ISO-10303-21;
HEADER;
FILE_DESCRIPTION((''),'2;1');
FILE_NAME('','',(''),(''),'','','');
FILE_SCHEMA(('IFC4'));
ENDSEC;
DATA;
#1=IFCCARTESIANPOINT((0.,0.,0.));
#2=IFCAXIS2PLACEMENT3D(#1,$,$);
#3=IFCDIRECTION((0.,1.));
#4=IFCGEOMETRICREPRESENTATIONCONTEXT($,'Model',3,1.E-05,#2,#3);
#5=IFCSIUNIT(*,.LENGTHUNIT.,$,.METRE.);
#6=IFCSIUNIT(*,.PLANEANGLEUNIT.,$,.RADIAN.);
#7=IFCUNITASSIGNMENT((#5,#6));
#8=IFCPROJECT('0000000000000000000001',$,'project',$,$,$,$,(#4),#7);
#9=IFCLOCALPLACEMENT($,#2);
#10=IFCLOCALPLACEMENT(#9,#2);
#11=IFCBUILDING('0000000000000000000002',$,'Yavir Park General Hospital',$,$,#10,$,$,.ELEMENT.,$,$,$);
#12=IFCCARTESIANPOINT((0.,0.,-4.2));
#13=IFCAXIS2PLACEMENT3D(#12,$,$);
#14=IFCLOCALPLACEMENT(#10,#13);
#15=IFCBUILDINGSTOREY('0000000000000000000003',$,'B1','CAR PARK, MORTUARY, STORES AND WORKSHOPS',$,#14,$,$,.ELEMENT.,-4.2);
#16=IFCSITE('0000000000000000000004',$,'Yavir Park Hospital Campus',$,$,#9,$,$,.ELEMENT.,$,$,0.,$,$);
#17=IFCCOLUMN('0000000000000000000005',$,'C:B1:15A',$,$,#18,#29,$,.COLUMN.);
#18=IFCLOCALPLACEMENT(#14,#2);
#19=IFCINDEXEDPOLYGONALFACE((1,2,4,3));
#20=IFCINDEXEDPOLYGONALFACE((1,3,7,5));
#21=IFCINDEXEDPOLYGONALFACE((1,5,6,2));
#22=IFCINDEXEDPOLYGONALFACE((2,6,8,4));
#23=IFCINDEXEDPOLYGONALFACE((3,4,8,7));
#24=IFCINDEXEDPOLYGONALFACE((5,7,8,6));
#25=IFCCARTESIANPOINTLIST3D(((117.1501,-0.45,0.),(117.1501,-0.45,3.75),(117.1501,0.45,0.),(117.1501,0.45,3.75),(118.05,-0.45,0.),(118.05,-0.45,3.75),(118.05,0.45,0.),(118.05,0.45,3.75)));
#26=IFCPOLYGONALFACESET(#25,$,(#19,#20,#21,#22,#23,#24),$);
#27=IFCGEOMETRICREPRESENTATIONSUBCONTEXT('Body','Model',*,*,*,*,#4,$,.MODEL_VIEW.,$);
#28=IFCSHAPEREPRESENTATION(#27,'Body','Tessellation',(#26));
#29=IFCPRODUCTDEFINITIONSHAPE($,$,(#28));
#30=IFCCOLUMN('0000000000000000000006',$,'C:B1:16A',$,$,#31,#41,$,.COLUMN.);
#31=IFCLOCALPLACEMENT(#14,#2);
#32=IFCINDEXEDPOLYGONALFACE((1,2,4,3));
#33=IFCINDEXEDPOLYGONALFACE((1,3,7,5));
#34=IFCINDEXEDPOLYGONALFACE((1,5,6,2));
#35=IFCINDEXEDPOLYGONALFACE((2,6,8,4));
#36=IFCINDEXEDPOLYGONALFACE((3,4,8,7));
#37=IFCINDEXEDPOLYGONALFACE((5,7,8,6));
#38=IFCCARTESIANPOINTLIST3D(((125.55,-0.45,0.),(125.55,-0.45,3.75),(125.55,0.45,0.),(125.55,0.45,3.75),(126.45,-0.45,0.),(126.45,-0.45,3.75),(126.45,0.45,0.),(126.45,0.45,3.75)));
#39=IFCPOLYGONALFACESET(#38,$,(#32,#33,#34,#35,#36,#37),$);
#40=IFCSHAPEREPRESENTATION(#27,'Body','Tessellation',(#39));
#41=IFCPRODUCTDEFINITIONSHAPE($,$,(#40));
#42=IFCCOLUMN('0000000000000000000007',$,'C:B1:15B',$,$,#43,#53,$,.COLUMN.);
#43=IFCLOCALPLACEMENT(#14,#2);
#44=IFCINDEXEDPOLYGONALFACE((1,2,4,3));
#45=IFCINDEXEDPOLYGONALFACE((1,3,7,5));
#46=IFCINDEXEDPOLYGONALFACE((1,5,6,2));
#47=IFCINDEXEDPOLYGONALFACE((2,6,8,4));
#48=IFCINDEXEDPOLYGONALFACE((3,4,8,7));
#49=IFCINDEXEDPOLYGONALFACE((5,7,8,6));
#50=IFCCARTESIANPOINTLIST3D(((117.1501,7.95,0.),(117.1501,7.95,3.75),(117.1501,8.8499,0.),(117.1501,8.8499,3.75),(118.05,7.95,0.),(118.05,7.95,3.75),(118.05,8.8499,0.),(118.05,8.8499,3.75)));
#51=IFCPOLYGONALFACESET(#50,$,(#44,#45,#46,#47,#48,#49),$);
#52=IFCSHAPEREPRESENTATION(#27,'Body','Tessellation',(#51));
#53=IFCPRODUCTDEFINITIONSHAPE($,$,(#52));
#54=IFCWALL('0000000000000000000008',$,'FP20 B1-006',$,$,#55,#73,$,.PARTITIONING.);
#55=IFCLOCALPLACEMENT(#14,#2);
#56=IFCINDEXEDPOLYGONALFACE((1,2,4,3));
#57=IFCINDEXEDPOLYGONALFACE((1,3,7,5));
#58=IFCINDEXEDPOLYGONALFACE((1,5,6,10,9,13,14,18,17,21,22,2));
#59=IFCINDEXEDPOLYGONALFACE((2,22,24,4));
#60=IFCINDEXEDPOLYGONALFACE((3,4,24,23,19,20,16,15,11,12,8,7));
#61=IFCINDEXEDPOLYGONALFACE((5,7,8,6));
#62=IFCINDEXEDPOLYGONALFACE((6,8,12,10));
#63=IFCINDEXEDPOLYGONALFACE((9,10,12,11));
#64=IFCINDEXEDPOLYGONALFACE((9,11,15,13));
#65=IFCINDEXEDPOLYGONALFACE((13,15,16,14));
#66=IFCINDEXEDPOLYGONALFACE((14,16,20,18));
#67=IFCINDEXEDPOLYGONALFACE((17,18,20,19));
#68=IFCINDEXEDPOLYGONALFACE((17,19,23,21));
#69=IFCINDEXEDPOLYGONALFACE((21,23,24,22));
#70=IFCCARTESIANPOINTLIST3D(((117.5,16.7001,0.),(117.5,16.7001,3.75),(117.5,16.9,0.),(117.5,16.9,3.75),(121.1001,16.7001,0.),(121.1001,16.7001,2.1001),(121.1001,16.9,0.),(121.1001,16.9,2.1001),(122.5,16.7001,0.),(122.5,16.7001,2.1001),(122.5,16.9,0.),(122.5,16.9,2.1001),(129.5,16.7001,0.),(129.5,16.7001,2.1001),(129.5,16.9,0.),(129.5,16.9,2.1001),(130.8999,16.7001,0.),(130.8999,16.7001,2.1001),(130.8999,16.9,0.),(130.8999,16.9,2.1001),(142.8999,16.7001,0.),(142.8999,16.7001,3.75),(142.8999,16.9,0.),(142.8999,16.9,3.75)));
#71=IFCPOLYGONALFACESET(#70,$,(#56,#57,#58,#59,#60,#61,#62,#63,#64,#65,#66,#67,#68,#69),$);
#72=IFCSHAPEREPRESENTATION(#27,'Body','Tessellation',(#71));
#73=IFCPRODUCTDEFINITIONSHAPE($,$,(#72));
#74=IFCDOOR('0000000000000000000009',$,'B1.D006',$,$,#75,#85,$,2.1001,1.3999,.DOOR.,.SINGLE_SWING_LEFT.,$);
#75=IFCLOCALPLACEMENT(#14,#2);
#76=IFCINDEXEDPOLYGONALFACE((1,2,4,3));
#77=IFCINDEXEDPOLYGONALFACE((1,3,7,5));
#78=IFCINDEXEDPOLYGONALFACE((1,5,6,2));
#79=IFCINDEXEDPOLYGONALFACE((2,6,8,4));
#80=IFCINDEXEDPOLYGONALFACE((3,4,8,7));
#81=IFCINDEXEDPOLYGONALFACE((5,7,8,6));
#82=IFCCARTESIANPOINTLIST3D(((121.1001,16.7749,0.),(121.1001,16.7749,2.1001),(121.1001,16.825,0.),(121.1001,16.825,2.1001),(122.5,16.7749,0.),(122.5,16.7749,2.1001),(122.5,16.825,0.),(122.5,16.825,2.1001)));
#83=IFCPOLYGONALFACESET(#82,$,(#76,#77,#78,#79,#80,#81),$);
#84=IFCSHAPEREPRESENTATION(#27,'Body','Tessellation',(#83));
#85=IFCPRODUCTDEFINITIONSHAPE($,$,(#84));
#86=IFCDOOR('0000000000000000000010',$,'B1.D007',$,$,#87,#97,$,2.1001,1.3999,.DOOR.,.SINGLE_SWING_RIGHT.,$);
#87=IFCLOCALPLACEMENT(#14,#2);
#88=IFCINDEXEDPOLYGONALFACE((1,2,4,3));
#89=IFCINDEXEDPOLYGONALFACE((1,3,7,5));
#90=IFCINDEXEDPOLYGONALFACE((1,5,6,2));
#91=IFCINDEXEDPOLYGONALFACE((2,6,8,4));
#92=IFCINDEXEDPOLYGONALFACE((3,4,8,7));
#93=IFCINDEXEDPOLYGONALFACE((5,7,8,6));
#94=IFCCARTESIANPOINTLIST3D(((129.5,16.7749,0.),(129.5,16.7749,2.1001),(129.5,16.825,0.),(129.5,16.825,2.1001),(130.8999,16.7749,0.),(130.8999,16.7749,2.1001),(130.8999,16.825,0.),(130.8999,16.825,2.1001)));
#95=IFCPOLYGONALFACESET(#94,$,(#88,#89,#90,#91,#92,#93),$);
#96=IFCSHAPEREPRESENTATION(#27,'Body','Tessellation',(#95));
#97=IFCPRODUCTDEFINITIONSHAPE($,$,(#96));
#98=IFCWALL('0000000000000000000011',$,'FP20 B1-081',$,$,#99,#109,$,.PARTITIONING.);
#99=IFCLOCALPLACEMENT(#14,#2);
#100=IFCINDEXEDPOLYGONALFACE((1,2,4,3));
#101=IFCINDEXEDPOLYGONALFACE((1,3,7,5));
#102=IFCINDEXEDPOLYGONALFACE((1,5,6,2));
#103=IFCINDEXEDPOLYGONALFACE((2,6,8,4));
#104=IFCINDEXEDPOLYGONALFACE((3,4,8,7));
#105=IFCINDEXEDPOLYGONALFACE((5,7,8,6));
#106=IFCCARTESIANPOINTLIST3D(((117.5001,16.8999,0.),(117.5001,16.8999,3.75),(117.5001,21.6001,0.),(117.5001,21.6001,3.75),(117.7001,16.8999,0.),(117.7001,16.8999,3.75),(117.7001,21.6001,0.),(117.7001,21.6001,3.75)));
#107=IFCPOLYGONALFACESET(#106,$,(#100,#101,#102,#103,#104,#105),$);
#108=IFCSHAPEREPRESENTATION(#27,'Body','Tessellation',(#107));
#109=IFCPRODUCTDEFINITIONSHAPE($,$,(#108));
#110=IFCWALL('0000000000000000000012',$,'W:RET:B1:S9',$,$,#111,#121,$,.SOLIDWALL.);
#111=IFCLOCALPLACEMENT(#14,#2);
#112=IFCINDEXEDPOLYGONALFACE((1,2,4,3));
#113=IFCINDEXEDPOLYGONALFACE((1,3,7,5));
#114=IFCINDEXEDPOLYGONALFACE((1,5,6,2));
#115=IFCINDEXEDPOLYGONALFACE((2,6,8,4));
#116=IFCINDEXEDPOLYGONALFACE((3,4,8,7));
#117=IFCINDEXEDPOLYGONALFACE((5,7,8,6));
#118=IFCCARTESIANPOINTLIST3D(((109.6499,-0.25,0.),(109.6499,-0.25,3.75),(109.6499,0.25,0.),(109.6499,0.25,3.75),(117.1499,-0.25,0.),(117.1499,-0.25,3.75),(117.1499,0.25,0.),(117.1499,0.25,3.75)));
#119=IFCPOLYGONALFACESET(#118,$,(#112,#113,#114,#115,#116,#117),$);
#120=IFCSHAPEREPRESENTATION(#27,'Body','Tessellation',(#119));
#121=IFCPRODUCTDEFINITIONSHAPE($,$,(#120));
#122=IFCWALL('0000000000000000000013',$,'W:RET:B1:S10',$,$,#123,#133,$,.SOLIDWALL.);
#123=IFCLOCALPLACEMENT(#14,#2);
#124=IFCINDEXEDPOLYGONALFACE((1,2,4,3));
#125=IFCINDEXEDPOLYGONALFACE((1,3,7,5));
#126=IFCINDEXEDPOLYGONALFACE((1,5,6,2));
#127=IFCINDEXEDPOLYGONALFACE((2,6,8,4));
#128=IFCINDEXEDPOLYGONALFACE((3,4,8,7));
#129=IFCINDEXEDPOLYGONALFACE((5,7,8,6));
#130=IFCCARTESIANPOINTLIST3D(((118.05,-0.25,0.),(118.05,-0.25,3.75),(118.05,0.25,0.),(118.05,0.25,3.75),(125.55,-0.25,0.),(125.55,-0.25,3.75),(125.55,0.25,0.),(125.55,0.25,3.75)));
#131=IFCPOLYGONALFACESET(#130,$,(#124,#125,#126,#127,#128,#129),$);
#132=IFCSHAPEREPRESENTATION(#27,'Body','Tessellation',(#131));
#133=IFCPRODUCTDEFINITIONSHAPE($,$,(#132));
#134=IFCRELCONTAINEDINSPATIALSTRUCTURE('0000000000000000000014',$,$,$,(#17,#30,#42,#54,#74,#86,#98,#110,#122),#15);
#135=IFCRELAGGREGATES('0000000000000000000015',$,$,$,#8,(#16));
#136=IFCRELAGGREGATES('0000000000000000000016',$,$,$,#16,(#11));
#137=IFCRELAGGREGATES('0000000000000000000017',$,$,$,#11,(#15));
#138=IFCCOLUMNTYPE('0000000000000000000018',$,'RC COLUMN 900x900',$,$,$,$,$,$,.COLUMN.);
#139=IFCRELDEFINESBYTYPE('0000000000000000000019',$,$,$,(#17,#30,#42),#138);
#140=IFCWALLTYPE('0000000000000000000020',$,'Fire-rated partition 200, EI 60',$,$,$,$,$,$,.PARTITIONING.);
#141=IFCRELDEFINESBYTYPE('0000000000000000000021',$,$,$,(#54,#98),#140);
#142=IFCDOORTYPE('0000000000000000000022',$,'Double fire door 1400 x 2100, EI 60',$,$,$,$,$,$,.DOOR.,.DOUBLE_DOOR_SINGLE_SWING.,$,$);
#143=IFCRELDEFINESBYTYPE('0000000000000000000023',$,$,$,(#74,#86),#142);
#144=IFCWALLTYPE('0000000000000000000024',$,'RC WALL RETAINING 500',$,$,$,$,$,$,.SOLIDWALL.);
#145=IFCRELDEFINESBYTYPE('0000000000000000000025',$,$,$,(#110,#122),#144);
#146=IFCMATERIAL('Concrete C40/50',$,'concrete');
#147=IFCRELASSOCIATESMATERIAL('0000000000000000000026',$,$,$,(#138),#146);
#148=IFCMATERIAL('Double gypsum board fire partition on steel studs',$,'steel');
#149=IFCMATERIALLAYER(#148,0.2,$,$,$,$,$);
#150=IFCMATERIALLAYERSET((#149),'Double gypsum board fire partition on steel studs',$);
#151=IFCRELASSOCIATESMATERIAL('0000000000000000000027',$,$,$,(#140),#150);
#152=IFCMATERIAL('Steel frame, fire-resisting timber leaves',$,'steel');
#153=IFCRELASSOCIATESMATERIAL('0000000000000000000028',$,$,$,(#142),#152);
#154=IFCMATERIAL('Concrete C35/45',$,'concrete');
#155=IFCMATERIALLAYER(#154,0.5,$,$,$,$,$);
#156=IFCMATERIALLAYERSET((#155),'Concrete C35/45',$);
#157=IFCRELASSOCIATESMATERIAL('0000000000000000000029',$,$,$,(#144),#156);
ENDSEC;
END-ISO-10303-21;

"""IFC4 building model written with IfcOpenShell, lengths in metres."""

from ifc_helpers import new_model, si_unit, direction, frame, frame_2d, origin, origin_2d, place, context, subcontext, project, spatial, rectangle, extrude, material, layer, layer_set, material_profile, profile_set, type_object, element, fill, save


model = new_model("IFC4")

# Units and contexts
model_context = context("Model", 3, precision=1e-05, world=origin(), true_north=direction((0.0, 1.0)))
body_context = subcontext(model_context, "Body", "Model", "MODEL_VIEW")
ifc_project = project(units=[si_unit("LENGTHUNIT", "METRE"), si_unit("PLANEANGLEUNIT", "RADIAN")], contexts=[model_context])

# Site, building, storey
site_placement = place(None, origin())
site = spatial("IfcSite", under=ifc_project, at=site_placement, Name="Yavir Park Hospital Campus", CompositionType="ELEMENT", RefElevation=0.0)
building_placement = place(site_placement, origin())
building = spatial("IfcBuilding", under=site, at=building_placement, Name="Yavir Park General Hospital", CompositionType="ELEMENT")
storey_placement = place(building_placement, frame((0.0, 0.0, -4.2)))
storey = spatial("IfcBuildingStorey", under=building, at=storey_placement, Name="B1", Description="CAR PARK, MORTUARY, STORES AND WORKSHOPS", CompositionType="ELEMENT", Elevation=-4.2)

# Columns
ifc_material_1 = material(Name="Concrete C40/50", Category="concrete")
ifc_material_profile = material_profile(ifc_material_1, rectangle(XDim=0.8999, YDim=0.8999, at=origin_2d()), Name="RC900x900")
ifc_profile_set = profile_set([ifc_material_profile], Name="Concrete C40/50")
column_type = type_object("IfcColumnType", Name="RC COLUMN 900x900", PredefinedType="COLUMN", material=ifc_profile_set)
for number, where, z_axis, x_axis, name in (
    (1, (117.6001, 0.0, 0.0), (0.0, 0.0, 1.0), (1.0, 0.0, 0.0), "C:B1:15A"),
    (2, (126.0, 0.0, 0.0), (0.0, 0.0, 1.0), (1.0, 0.0, 0.0), "C:B1:16A"),
    (3, (117.6001, 8.3999, 0.0), (0.0, 0.0, 1.0), (1.0, 0.0, 0.0), "C:B1:15B"),
):
    element("IfcColumn", number, at=place(storey_placement, frame(where, z_axis=z_axis, x_axis=x_axis)), inside=storey, type_object=column_type, Name=name, PredefinedType="COLUMN", context=body_context, shape_type="SweptSolid", body=[
        extrude(rectangle(XDim=0.8999, YDim=0.8999, at=origin_2d()), origin(), (0.0, 0.0, 1.0), 3.75),
    ])

# Wall, openings, doors
ifc_material_2 = material(Name="Double gypsum board fire partition on steel studs", Category="steel")
ifc_layer_1 = layer(ifc_material_2, 0.2)
ifc_layer_set_1 = layer_set([ifc_layer_1], Name="Double gypsum board fire partition on steel studs")
wall_type_1 = type_object("IfcWallType", Name="Fire-rated partition 200, EI 60", PredefinedType="PARTITIONING", material=ifc_layer_set_1)
wall_1_placement = place(storey_placement, frame((117.5, 16.8, 0.0), z_axis=(0.0, 0.0, 1.0), x_axis=(1.0, 0.0, 0.0)))
wall_1 = element("IfcWall", 4, at=wall_1_placement, inside=storey, type_object=wall_type_1, Name="FP20 B1-006", PredefinedType="PARTITIONING", context=body_context, shape_type="SweptSolid", body=[
    extrude(rectangle(XDim=25.3999, YDim=0.2, at=frame_2d((12.7, 0.0))), origin(), (0.0, 0.0, 1.0), 3.75),
])
opening_1_placement = place(wall_1_placement, frame((3.6001, 0.0, 0.0)))
opening_1 = element("IfcOpeningElement", 5, at=opening_1_placement, cuts=wall_1, PredefinedType="OPENING", context=body_context, shape_type="SweptSolid", body=[
    extrude(rectangle(XDim=1.3999, YDim=2.1001, at=frame_2d((0.7, 1.05))), frame((0.0, 0.1099, 0.0), z_axis=(0.0, -1.0, 0.0), x_axis=(1.0, 0.0, 0.0)), (0.0, 0.0, 1.0), 0.22),
])
opening_2_placement = place(wall_1_placement, frame((12.0, 0.0, 0.0)))
opening_2 = element("IfcOpeningElement", 6, at=opening_2_placement, cuts=wall_1, PredefinedType="OPENING", context=body_context, shape_type="SweptSolid", body=[
    extrude(rectangle(XDim=1.3999, YDim=2.1001, at=frame_2d((0.7, 1.05))), frame((0.0, 0.1099, 0.0), z_axis=(0.0, -1.0, 0.0), x_axis=(1.0, 0.0, 0.0)), (0.0, 0.0, 1.0), 0.22),
])
ifc_material_3 = material(Name="Steel frame, fire-resisting timber leaves", Category="steel")
door_type_1 = type_object("IfcDoorType", Name="Double fire door 1400 x 2100, EI 60", OperationType="DOUBLE_DOOR_SINGLE_SWING", PredefinedType="DOOR", material=ifc_material_3)
door_1_placement = place(opening_1_placement, origin())
door_1 = element("IfcDoor", 7, at=door_1_placement, inside=storey, type_object=door_type_1, Name="B1.D006", OperationType="SINGLE_SWING_LEFT", OverallHeight=2.1001, OverallWidth=1.3999, PredefinedType="DOOR", context=body_context, shape_type="SweptSolid", body=[
    extrude(rectangle(XDim=1.3999, YDim=2.1001, at=frame_2d((0.7, 1.05))), frame((0.0, 0.0249, 0.0), z_axis=(0.0, -1.0, 0.0), x_axis=(1.0, 0.0, 0.0)), (0.0, 0.0, 1.0), 0.05),
])
fill(opening_1, door_1)
door_2_placement = place(opening_2_placement, origin())
door_2 = element("IfcDoor", 8, at=door_2_placement, inside=storey, type_object=door_type_1, Name="B1.D007", OperationType="SINGLE_SWING_RIGHT", OverallHeight=2.1001, OverallWidth=1.3999, PredefinedType="DOOR", context=body_context, shape_type="SweptSolid", body=[
    extrude(rectangle(XDim=1.3999, YDim=2.1001, at=frame_2d((0.7, 1.05))), frame((0.0, 0.0249, 0.0), z_axis=(0.0, -1.0, 0.0), x_axis=(1.0, 0.0, 0.0)), (0.0, 0.0, 1.0), 0.05),
])
fill(opening_2, door_2)

# Walls
wall_2_placement = place(storey_placement, frame((117.6001, 16.8999, 0.0), z_axis=(0.0, 0.0, 1.0), x_axis=(0.0, 1.0, 0.0)))
element("IfcWall", 9, at=wall_2_placement, inside=storey, type_object=wall_type_1, Name="FP20 B1-081", PredefinedType="PARTITIONING", context=body_context, shape_type="SweptSolid", body=[
    extrude(rectangle(XDim=4.7002, YDim=0.2, at=frame_2d((2.3501, 0.0))), origin(), (0.0, 0.0, 1.0), 3.75),
])
ifc_material_4 = material(Name="Concrete C35/45", Category="concrete")
ifc_layer_2 = layer(ifc_material_4, 0.5)
ifc_layer_set_2 = layer_set([ifc_layer_2], Name="Concrete C35/45")
wall_type_2 = type_object("IfcWallType", Name="RC WALL RETAINING 500", PredefinedType="SOLIDWALL", material=ifc_layer_set_2)
for number, where, z_axis, x_axis, name in (
    (10, (109.6499, 0.0, 0.0), (0.0, 0.0, 1.0), (1.0, 0.0, 0.0), "W:RET:B1:S9"),
    (11, (118.05, 0.0, 0.0), (0.0, 0.0, 1.0), (1.0, 0.0, 0.0), "W:RET:B1:S10"),
):
    element("IfcWall", number, at=place(storey_placement, frame(where, z_axis=z_axis, x_axis=x_axis)), inside=storey, type_object=wall_type_2, Name=name, PredefinedType="SOLIDWALL", context=body_context, shape_type="SweptSolid", body=[
        extrude(rectangle(XDim=7.5, YDim=0.5, at=frame_2d((3.75, 0.0))), origin(), (0.0, 0.0, 1.0), 3.75),
    ])

save(model, "model.ifc")
